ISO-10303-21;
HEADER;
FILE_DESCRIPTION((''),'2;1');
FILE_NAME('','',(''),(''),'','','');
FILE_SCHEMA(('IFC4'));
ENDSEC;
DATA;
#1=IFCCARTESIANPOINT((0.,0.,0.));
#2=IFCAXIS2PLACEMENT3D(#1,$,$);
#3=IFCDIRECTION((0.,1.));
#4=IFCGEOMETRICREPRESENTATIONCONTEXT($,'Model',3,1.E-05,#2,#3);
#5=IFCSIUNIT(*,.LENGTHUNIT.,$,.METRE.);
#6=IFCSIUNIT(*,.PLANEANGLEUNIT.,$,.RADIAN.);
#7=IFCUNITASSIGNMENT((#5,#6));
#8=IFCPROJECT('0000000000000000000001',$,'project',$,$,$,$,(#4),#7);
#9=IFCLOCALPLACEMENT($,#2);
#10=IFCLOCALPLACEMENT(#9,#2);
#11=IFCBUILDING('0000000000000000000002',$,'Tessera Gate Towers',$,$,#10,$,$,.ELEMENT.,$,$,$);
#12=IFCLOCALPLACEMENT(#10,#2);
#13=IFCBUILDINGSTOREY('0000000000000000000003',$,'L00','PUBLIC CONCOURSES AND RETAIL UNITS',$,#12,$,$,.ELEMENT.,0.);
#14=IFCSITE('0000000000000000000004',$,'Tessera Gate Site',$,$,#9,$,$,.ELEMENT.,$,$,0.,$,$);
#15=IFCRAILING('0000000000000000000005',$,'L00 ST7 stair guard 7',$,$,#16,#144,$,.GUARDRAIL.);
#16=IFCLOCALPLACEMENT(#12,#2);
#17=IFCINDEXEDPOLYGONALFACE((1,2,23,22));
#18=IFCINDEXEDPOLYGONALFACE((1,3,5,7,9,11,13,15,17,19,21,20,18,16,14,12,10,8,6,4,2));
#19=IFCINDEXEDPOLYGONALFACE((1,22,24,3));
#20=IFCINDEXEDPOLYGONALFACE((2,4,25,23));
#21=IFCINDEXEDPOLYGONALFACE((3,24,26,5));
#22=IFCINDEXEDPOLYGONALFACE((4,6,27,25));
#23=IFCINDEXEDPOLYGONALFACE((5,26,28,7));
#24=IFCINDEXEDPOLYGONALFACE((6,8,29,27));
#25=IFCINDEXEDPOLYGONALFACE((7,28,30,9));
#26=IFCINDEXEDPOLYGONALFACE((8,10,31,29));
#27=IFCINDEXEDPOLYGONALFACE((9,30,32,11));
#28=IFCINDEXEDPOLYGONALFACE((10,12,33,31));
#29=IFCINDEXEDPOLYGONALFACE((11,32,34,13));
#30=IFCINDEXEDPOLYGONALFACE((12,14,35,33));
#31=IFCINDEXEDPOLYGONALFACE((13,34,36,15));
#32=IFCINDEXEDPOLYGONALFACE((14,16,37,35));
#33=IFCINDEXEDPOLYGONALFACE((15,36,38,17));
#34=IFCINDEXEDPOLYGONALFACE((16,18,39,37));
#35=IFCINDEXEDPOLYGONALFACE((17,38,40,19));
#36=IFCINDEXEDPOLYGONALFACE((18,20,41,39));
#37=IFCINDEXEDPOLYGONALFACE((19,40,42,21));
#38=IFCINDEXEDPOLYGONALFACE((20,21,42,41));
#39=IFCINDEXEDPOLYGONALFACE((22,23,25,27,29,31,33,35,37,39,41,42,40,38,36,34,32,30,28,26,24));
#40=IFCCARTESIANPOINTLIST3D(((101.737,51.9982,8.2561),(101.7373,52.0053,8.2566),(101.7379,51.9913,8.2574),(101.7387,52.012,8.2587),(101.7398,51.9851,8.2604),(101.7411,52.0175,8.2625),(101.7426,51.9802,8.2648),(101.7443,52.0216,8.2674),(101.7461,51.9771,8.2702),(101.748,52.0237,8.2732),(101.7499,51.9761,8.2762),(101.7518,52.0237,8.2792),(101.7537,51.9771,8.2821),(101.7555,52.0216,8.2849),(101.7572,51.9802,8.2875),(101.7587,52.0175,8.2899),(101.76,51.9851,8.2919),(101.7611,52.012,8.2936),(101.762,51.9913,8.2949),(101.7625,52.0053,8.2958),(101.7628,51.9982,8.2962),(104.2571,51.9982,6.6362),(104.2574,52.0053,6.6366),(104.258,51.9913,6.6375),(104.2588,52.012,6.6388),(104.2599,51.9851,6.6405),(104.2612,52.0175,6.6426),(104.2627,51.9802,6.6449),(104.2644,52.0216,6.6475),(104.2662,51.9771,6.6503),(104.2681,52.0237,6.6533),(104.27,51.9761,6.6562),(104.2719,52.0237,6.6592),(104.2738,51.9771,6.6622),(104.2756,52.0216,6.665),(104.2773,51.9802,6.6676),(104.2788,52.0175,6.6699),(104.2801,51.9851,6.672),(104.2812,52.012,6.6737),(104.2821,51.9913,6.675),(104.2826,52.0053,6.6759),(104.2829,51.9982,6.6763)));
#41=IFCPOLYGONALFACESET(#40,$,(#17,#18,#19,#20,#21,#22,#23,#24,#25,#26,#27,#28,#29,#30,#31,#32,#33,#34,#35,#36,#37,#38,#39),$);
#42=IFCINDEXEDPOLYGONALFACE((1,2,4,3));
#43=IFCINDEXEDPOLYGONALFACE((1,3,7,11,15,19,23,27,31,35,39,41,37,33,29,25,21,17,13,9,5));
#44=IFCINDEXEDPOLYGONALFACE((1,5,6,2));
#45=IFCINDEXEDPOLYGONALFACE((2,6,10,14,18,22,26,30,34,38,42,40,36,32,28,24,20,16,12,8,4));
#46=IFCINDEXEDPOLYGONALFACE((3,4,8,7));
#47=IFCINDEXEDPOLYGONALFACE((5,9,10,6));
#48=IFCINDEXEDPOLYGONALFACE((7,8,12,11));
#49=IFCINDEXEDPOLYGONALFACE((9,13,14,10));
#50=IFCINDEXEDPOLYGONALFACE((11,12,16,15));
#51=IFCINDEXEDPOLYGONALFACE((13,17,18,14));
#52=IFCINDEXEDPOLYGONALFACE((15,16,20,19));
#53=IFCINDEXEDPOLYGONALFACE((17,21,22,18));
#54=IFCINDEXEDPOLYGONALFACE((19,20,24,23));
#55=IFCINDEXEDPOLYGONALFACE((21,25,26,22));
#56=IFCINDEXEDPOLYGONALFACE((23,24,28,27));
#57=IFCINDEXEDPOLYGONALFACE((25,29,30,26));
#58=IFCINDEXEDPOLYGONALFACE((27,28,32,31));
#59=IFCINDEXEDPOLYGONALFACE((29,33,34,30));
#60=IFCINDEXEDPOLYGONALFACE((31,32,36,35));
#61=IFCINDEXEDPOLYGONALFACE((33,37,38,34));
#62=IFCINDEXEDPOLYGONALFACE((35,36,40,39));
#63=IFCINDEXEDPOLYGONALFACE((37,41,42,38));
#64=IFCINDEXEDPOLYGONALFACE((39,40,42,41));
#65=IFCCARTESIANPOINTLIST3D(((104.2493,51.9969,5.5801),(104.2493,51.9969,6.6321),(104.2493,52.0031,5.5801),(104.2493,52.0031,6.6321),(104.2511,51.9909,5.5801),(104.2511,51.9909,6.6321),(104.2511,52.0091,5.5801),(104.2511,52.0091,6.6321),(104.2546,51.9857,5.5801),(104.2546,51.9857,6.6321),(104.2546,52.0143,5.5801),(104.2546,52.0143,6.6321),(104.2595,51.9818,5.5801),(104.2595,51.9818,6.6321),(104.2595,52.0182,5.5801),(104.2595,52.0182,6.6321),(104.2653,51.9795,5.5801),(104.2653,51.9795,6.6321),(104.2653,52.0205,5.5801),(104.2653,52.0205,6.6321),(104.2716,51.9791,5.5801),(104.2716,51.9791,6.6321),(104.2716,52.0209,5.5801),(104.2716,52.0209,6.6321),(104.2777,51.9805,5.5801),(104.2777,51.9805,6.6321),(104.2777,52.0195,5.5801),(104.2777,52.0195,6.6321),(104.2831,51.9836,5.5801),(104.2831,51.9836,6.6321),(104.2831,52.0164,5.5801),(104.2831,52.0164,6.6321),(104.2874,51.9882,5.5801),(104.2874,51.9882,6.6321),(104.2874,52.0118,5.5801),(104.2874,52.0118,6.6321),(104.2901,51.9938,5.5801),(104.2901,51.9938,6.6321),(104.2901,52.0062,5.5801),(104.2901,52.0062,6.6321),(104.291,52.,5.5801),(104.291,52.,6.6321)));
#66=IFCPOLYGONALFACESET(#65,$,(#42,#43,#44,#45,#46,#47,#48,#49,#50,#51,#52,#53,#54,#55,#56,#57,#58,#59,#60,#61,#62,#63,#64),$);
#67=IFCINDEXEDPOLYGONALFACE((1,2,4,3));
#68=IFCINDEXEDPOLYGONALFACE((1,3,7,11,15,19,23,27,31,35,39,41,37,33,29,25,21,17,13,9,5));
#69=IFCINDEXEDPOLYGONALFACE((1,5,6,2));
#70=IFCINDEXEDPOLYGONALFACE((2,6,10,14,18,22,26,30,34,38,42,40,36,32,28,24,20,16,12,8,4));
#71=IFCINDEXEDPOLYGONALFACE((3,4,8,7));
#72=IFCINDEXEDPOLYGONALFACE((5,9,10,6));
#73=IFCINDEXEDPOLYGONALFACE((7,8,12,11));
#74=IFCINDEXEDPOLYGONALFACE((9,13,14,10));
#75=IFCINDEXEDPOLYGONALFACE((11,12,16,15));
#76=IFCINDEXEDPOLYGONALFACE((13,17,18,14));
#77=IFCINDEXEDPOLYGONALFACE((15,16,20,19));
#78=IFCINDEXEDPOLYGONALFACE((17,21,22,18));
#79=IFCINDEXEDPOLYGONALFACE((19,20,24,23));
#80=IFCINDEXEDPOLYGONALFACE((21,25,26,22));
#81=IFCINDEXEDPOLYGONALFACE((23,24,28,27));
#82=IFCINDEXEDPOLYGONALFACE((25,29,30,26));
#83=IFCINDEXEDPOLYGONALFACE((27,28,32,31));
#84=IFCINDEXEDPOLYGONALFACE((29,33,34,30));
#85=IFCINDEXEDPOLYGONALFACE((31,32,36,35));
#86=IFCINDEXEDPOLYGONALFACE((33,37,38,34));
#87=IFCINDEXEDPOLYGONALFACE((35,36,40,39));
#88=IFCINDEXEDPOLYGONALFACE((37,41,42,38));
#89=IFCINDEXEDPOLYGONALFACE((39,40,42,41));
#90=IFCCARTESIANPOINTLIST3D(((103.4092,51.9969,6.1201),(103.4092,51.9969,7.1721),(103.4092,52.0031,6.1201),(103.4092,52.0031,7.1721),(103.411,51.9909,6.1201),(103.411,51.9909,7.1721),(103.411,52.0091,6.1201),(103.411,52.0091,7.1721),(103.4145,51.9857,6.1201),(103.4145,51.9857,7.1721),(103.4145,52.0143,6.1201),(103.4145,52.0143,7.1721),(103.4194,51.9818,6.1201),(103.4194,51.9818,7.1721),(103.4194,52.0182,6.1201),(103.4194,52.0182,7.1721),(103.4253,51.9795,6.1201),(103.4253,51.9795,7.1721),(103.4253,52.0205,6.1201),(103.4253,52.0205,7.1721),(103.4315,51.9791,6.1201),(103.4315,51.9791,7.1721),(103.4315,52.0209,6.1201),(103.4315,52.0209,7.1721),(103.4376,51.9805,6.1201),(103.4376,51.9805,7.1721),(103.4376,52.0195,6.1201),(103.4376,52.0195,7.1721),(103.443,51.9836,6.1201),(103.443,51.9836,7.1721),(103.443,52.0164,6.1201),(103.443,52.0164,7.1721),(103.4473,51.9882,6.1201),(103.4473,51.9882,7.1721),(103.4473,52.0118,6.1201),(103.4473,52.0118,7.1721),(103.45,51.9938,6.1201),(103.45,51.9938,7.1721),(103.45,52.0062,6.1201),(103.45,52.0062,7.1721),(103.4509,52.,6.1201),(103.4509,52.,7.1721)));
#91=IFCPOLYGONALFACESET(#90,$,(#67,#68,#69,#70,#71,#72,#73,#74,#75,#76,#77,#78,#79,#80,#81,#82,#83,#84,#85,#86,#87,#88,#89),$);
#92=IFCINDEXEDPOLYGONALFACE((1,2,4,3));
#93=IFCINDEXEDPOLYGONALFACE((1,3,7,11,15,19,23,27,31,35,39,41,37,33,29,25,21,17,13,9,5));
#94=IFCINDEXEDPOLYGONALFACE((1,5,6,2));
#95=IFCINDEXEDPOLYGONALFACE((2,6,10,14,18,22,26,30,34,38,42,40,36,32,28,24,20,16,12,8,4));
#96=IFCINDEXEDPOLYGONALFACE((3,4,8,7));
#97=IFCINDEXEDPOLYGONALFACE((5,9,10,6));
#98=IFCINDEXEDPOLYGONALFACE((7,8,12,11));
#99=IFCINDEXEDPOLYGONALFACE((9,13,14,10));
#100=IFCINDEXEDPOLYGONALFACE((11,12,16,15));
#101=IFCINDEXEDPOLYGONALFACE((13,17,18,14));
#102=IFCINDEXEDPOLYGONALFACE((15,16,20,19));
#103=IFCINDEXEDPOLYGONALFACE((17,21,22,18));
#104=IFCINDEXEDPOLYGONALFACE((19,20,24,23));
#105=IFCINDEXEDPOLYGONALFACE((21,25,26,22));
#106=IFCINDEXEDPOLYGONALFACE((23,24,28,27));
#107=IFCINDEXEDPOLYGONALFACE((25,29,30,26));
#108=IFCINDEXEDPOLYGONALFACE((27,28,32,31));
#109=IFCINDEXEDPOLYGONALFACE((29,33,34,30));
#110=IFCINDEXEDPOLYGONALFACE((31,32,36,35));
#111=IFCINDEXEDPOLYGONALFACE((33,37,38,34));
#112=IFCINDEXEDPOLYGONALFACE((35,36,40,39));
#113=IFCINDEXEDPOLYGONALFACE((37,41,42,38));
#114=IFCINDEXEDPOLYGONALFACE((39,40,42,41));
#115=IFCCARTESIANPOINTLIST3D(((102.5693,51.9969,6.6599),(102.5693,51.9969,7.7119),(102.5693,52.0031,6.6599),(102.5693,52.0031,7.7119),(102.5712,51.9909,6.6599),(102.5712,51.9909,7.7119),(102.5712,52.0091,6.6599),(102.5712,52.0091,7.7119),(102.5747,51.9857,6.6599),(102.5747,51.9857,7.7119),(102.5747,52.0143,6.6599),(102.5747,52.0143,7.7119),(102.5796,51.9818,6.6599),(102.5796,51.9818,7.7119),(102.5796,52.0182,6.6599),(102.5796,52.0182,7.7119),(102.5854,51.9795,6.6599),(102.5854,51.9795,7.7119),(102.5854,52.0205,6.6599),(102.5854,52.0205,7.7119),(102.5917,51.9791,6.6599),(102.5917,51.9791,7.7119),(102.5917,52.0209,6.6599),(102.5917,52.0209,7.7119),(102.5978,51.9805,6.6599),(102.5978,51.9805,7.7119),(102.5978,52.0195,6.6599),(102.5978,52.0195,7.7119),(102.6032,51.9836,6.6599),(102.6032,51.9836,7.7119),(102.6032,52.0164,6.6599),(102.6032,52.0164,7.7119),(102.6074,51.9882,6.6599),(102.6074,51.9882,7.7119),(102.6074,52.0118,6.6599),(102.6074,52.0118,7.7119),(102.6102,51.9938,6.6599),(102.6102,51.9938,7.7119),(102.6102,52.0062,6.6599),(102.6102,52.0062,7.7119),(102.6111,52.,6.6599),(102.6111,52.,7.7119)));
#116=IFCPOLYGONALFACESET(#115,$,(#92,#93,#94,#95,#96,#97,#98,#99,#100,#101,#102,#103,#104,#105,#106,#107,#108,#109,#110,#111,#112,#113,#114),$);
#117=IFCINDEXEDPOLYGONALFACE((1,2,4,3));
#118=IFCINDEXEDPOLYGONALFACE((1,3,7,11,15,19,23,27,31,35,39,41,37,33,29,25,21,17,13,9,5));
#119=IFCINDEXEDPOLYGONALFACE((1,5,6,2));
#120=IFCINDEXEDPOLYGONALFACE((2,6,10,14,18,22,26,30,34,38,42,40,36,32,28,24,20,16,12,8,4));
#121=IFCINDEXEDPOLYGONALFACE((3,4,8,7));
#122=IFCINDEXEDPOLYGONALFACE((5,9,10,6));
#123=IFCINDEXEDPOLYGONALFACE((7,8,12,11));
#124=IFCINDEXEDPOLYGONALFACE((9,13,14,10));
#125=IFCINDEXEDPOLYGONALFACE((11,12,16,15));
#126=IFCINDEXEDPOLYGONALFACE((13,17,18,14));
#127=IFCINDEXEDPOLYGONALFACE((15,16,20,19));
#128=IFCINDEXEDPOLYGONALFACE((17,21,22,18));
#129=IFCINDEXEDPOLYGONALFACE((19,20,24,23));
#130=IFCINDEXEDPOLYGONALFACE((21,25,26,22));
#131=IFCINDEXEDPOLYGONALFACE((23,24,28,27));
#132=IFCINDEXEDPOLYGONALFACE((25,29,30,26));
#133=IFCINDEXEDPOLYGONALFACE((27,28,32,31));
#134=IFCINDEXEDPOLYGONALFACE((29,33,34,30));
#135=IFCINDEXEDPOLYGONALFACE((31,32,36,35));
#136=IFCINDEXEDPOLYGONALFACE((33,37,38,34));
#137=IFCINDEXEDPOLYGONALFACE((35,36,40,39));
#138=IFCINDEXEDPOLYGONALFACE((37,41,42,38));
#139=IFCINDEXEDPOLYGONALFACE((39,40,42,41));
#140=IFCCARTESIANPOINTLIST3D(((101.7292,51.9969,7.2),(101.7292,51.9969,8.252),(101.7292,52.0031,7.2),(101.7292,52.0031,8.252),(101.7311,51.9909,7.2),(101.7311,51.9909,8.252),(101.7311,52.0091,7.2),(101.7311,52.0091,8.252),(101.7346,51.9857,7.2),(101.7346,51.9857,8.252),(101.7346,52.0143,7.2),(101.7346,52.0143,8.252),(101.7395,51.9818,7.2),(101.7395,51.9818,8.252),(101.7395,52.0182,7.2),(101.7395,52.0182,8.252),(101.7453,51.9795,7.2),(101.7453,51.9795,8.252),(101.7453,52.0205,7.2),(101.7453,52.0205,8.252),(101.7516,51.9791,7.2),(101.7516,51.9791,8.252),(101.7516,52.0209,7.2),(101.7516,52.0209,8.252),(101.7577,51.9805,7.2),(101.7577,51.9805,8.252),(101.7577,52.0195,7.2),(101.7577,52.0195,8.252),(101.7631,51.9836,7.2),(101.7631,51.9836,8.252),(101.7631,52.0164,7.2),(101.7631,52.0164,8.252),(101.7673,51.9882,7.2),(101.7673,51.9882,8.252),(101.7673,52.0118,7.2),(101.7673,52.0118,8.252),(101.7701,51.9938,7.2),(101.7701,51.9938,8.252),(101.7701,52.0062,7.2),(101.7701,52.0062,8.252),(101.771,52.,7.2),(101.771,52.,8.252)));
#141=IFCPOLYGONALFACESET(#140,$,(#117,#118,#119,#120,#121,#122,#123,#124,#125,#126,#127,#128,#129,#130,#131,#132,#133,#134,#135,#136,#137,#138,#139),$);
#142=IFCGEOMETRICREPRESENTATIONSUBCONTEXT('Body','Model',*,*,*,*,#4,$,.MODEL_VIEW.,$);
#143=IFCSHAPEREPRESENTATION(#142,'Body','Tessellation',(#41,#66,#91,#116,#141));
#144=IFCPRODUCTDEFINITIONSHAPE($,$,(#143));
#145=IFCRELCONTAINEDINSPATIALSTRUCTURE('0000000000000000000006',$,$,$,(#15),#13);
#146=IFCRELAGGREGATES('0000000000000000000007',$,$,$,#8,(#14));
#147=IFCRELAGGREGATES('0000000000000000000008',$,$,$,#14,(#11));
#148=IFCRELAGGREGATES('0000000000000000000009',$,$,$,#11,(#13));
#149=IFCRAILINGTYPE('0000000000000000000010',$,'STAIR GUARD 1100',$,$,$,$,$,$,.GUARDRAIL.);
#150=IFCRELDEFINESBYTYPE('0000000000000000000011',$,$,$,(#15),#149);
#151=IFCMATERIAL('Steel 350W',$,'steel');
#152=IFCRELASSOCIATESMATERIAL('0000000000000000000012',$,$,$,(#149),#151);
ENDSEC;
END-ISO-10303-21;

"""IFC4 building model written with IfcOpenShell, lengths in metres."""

from ifc_helpers import new_model, si_unit, direction, frame, origin, origin_2d, place, context, subcontext, project, spatial, circle, extrude, material, type_object, element, save


model = new_model("IFC4")

# Units and contexts
model_context = context("Model", 3, precision=1e-05, world=origin(), true_north=direction((0.0, 1.0)))
body_context = subcontext(model_context, "Body", "Model", "MODEL_VIEW")
ifc_project = project(units=[si_unit("LENGTHUNIT", "METRE"), si_unit("PLANEANGLEUNIT", "RADIAN")], contexts=[model_context])

# Site, building, storey
site_placement = place(None, origin())
site = spatial("IfcSite", under=ifc_project, at=site_placement, Name="Tessera Gate Site", CompositionType="ELEMENT", RefElevation=0.0)
building_placement = place(site_placement, origin())
building = spatial("IfcBuilding", under=site, at=building_placement, Name="Tessera Gate Towers", CompositionType="ELEMENT")
storey_placement = place(building_placement, origin())
storey = spatial("IfcBuildingStorey", under=building, at=storey_placement, Name="L00", Description="PUBLIC CONCOURSES AND RETAIL UNITS", CompositionType="ELEMENT", Elevation=0.0)

# Railing
ifc_material_1 = material(Name="Steel 350W", Category="steel")
railing_type_1 = type_object("IfcRailingType", Name="STAIR GUARD 1100", PredefinedType="GUARDRAIL", material=ifc_material_1)
railing_1_placement = place(storey_placement, frame((104.27, 52.0, 5.5801)))
element("IfcRailing", 1, at=railing_1_placement, inside=storey, type_object=railing_type_1, Name="L00 ST7 stair guard 7", PredefinedType="GUARDRAIL", context=body_context, shape_type="SweptSolid", body=[
    extrude(circle(Radius=0.0239, at=origin_2d()), frame((0.0, 0.0, 1.0762), z_axis=(-0.8412, 0.0, 0.540725), x_axis=(0.0, -1.0, 0.0)), (0.0, 0.0, 1.0), 2.9958),
    extrude(circle(Radius=0.021, at=origin_2d()), origin(), (0.0, 0.0, 1.0), 1.052),
    extrude(circle(Radius=0.021, at=origin_2d()), frame((-0.8401, 0.0, 0.54)), (0.0, 0.0, 1.0), 1.052),
    extrude(circle(Radius=0.021, at=origin_2d()), frame((-1.6799, 0.0, 1.0798)), (0.0, 0.0, 1.0), 1.052),
    extrude(circle(Radius=0.021, at=origin_2d()), frame((-2.52, 0.0, 1.6199)), (0.0, 0.0, 1.0), 1.052),
])

save(model, "model.ifc")
